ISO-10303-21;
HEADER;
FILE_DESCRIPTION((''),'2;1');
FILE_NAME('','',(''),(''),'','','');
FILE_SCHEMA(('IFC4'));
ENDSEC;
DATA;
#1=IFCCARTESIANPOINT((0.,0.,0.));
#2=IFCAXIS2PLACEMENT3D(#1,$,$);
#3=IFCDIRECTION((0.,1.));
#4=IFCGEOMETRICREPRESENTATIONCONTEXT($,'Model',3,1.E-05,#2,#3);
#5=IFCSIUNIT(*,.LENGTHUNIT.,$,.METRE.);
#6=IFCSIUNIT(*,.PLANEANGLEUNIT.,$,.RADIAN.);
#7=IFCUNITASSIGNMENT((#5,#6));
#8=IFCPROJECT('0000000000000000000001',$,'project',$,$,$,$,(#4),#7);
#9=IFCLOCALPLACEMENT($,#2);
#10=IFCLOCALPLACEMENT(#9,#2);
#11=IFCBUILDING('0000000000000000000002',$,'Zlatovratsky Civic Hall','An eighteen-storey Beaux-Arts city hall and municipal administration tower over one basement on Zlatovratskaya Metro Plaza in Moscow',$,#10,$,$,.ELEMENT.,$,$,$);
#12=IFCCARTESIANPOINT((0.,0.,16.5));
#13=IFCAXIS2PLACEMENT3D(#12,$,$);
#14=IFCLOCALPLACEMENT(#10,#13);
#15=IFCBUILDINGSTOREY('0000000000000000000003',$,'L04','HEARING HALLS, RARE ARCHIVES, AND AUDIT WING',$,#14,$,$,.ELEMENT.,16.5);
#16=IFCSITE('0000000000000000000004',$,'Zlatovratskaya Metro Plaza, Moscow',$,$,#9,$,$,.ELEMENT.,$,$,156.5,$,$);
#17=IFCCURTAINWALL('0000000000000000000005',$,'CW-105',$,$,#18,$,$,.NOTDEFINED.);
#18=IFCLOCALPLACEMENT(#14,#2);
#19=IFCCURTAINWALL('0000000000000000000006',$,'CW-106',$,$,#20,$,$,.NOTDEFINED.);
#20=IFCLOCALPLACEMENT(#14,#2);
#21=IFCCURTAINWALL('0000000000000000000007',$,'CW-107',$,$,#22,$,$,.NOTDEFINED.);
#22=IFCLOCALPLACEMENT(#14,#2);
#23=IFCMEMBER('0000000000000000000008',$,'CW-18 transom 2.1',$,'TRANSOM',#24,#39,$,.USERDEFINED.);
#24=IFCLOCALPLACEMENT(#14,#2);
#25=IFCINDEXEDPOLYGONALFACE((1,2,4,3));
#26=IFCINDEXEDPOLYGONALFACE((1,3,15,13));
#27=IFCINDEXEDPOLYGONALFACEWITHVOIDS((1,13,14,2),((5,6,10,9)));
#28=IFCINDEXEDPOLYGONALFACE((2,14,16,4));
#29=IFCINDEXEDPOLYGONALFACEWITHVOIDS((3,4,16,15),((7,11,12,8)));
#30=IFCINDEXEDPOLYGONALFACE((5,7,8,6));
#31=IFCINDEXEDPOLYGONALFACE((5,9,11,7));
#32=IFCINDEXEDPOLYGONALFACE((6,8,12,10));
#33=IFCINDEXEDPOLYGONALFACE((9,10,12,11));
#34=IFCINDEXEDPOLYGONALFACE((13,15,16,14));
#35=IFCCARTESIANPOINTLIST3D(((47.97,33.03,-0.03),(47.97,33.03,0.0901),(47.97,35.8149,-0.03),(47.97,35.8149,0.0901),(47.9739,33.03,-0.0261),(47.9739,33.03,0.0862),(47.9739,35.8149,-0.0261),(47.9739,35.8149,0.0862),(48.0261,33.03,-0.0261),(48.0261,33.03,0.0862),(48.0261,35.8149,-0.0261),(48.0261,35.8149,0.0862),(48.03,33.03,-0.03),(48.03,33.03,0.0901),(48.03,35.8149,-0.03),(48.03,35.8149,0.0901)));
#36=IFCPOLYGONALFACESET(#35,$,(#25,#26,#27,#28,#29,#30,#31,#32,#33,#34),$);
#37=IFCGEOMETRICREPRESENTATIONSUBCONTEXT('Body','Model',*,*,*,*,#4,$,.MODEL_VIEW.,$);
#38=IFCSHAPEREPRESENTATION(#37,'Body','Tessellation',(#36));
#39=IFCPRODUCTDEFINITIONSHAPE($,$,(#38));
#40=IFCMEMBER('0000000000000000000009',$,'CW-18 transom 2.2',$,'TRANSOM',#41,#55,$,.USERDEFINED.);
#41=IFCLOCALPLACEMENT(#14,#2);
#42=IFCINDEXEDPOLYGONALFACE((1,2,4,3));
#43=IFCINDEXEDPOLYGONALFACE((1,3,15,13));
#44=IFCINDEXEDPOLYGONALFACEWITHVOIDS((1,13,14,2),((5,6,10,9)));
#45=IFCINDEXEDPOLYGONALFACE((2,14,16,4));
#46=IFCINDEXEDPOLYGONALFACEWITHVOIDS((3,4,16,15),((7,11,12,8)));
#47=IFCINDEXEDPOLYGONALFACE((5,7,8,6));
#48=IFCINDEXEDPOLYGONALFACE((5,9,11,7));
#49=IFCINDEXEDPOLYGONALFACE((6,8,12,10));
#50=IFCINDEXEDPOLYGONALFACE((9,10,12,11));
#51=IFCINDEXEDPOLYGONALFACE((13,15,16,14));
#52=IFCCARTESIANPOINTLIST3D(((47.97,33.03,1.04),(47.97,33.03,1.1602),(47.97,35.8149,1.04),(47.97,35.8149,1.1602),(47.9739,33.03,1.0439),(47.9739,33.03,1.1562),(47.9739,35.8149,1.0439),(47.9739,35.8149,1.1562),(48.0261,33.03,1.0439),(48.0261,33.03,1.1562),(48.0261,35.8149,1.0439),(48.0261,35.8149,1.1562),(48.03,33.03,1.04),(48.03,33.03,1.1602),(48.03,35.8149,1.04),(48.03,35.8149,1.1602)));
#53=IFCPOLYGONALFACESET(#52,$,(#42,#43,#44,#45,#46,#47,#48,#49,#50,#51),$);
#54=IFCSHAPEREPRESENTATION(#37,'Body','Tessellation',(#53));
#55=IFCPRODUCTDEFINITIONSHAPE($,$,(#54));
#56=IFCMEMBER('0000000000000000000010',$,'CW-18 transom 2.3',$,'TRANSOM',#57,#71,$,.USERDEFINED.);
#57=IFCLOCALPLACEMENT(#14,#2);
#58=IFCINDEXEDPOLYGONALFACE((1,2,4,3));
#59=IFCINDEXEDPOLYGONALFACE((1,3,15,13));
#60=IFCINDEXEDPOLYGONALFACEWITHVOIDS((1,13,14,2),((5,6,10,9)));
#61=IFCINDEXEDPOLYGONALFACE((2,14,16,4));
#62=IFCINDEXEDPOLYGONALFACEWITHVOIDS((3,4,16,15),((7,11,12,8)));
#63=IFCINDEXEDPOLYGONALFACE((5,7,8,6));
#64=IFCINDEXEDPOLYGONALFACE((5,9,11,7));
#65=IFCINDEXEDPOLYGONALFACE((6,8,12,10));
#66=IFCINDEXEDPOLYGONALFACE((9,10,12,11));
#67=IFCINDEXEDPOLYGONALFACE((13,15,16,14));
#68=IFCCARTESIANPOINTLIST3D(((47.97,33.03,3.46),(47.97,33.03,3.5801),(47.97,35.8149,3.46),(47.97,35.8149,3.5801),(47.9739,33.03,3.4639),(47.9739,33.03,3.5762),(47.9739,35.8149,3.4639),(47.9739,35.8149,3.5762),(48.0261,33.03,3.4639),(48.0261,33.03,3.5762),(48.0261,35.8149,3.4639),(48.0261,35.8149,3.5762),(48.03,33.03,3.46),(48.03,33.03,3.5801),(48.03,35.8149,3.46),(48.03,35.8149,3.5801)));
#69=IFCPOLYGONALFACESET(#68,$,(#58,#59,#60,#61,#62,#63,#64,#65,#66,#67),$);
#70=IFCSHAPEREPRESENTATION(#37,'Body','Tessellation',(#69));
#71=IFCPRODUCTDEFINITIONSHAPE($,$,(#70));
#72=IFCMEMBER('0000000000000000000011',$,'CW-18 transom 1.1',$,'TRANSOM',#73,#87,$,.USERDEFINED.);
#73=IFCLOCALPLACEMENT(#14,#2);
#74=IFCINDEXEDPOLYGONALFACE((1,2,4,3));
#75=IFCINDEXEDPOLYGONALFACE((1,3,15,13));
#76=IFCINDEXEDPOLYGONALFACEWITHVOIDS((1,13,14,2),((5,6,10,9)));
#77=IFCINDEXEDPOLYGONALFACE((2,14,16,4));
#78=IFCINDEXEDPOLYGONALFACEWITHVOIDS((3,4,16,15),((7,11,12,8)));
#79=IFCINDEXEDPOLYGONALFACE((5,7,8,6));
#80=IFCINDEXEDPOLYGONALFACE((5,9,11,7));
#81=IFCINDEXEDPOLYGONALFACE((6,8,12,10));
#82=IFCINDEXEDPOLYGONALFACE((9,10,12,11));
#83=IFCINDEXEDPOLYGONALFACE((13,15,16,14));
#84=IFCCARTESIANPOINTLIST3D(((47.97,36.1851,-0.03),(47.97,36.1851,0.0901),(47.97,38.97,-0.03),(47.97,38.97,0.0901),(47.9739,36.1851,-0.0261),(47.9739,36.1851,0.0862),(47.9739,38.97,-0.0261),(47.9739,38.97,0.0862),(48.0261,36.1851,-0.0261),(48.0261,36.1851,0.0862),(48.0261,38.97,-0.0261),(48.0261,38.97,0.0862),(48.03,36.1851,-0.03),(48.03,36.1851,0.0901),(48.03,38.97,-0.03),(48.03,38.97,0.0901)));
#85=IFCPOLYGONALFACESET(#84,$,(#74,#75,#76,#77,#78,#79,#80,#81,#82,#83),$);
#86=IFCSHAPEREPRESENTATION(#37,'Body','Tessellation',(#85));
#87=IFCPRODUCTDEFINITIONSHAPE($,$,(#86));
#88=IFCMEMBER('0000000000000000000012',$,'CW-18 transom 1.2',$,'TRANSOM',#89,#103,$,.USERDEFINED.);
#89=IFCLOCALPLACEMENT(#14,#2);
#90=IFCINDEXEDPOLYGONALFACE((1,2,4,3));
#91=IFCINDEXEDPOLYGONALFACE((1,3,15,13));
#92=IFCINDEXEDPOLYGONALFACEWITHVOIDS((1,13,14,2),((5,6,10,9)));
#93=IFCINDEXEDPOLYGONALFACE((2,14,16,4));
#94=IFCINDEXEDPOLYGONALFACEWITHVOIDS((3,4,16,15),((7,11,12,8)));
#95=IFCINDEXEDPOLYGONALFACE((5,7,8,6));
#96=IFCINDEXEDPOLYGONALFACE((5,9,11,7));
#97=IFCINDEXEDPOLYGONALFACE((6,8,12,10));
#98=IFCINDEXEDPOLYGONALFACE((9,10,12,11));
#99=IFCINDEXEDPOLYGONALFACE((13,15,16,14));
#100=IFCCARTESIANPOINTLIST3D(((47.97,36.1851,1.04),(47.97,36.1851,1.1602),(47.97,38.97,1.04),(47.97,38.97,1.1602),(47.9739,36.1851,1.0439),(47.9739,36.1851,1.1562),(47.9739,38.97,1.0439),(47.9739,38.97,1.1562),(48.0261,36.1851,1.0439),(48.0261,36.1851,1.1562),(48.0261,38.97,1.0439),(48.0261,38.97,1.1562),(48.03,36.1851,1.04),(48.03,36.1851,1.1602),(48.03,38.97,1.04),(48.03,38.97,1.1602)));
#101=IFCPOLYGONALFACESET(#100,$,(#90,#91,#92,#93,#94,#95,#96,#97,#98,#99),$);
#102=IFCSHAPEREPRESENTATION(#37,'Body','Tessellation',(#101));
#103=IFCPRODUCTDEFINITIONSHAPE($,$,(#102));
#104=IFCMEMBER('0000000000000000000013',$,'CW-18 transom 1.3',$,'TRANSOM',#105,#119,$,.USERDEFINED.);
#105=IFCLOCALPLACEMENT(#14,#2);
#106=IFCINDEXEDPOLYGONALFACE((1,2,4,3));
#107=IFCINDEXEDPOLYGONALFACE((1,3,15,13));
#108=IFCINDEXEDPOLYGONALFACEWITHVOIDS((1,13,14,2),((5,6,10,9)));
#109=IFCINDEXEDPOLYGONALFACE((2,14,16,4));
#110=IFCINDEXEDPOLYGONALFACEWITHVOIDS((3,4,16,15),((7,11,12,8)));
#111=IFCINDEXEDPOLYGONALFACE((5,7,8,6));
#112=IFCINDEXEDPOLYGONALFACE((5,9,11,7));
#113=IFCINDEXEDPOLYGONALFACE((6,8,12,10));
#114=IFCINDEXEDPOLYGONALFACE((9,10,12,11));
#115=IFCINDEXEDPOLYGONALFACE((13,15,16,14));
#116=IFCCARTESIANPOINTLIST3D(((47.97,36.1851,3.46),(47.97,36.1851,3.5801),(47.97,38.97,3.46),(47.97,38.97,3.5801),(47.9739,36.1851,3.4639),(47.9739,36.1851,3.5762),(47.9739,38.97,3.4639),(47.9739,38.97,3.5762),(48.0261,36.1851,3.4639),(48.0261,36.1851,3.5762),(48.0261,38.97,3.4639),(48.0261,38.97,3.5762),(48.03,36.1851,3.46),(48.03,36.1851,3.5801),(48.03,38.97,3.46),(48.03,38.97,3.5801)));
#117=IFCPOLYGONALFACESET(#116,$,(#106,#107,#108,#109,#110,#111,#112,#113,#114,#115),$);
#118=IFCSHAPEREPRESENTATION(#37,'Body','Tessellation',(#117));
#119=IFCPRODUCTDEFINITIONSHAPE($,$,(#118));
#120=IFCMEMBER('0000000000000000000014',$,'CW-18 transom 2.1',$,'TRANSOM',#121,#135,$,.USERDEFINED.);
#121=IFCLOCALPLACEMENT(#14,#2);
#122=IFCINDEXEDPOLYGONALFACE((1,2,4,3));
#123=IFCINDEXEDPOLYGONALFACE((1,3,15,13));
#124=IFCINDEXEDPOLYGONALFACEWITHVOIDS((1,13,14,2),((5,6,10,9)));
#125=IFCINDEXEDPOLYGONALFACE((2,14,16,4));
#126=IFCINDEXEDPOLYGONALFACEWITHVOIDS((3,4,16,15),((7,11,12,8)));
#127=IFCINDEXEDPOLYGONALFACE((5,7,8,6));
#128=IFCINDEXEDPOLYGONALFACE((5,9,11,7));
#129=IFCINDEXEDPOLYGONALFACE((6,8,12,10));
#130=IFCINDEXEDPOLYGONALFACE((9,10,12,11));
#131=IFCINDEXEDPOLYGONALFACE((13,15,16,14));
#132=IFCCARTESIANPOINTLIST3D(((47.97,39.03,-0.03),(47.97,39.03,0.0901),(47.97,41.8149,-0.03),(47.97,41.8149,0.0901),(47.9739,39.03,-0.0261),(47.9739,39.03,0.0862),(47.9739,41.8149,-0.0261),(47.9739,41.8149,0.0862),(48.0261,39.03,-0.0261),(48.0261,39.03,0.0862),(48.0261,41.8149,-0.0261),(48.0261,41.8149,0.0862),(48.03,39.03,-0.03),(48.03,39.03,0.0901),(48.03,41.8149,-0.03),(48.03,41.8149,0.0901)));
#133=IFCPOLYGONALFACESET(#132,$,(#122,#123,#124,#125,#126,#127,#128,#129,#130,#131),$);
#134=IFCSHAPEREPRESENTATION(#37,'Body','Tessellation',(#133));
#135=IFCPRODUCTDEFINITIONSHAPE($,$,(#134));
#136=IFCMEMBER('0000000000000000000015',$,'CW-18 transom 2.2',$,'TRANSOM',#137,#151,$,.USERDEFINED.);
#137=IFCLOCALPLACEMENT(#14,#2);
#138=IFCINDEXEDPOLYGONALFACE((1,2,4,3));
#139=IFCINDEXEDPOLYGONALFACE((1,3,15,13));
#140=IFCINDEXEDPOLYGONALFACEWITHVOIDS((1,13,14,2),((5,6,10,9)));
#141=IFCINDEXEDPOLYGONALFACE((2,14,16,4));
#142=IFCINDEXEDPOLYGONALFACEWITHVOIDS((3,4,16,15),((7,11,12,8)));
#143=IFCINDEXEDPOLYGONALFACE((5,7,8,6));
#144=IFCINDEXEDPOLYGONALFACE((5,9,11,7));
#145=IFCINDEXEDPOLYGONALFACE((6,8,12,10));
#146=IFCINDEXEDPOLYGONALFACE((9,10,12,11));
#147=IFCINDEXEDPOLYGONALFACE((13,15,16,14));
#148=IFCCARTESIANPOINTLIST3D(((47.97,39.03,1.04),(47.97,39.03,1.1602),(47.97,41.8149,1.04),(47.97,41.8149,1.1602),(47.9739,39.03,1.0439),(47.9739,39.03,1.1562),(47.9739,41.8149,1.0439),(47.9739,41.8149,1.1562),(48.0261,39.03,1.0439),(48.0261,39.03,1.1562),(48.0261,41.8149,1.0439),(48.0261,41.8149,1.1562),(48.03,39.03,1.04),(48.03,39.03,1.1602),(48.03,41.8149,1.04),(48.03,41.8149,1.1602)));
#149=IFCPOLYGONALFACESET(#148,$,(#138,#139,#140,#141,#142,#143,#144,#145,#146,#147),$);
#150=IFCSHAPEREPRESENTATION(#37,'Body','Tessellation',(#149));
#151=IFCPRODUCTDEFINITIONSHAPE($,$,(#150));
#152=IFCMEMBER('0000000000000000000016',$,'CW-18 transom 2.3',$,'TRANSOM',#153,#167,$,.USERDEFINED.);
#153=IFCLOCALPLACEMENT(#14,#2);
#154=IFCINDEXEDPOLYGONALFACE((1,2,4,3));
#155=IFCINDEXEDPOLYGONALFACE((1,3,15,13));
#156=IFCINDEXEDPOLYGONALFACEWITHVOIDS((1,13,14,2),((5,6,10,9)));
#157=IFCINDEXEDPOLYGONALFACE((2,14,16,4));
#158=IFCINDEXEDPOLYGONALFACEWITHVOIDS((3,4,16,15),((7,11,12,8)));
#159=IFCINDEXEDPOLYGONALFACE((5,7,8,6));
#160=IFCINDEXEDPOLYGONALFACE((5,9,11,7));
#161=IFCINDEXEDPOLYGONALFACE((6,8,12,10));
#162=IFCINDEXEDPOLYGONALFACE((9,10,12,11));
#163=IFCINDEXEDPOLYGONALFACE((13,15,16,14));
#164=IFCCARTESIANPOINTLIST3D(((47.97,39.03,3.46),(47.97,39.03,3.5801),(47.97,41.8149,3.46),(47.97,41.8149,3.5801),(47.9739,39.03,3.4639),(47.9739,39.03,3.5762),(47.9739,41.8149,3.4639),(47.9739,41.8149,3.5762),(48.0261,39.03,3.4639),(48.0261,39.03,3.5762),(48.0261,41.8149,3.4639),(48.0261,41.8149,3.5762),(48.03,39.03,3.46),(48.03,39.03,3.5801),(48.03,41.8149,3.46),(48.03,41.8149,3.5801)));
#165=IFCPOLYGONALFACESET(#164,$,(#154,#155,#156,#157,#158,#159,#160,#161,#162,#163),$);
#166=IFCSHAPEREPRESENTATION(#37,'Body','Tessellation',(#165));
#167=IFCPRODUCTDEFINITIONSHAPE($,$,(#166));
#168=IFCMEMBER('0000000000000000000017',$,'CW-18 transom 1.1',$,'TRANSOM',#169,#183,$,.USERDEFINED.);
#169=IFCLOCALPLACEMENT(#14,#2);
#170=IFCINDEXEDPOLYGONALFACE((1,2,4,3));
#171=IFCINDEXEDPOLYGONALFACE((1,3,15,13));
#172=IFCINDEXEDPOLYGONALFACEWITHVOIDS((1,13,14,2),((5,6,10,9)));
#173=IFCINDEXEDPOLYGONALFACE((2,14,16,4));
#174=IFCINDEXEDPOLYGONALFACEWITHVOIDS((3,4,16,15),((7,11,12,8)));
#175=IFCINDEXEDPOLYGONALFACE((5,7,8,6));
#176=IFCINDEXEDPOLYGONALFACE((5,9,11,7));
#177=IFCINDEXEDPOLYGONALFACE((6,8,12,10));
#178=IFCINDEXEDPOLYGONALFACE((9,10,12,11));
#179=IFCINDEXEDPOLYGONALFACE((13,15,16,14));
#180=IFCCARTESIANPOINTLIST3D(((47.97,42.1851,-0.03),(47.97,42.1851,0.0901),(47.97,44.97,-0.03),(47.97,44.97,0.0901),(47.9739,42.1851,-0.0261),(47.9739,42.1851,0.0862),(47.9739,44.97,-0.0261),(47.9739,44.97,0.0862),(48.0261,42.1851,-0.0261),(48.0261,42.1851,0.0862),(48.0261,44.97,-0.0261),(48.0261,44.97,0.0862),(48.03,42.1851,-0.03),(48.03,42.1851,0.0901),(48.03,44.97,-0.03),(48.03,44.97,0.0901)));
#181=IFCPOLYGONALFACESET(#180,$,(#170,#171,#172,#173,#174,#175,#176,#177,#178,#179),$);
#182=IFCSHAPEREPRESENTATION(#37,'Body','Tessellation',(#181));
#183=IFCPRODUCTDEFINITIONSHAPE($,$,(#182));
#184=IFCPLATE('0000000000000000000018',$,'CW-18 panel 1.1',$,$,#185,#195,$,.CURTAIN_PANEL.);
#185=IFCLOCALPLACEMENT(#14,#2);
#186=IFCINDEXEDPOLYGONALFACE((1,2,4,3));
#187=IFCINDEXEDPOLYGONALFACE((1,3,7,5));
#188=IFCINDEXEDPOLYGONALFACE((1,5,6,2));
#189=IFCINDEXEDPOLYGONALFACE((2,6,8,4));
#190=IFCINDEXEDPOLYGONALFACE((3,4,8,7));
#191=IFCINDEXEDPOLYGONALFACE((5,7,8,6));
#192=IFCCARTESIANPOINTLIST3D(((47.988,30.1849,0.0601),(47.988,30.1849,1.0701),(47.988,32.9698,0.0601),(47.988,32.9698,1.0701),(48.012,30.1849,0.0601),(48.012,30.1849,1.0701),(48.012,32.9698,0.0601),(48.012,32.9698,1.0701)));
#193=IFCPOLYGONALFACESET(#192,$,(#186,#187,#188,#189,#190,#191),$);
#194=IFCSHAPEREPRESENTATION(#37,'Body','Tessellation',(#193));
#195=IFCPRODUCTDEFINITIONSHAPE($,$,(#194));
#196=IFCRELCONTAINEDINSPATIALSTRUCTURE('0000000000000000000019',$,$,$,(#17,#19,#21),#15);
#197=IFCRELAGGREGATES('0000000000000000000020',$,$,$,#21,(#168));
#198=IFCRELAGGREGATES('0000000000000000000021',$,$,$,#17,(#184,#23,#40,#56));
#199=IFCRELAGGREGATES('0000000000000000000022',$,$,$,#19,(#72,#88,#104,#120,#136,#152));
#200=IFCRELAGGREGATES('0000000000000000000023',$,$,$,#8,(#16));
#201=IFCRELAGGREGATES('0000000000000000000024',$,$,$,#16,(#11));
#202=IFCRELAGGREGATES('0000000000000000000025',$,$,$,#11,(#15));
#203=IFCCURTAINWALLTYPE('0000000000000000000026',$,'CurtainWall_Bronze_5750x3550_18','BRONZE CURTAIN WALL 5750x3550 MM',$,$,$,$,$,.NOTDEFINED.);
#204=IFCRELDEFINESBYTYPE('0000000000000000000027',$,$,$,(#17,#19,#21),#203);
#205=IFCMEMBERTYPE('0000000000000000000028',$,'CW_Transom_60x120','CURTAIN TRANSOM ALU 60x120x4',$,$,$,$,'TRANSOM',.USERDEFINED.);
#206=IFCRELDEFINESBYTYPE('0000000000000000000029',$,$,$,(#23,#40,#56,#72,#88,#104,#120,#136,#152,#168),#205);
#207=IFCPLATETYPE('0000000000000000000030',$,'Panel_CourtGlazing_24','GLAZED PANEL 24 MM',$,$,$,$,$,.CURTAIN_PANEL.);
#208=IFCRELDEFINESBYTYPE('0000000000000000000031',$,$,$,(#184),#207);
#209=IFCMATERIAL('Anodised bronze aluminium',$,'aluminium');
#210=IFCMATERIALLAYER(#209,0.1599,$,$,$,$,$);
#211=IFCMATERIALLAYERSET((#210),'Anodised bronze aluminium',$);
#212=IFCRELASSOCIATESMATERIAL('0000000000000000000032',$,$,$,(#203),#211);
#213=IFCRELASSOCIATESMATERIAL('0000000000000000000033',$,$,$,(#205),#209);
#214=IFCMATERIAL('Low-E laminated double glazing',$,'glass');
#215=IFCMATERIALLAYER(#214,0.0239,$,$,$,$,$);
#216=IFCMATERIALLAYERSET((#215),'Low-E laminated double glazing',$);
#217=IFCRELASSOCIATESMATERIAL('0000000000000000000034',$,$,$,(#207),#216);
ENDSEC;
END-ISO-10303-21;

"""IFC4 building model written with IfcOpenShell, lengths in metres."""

from ifc_helpers import new_model, si_unit, direction, frame, origin, origin_2d, place, context, subcontext, project, spatial, rectangle, hollow_rectangle, extrude, material, layer, layer_set, material_profile, profile_set, type_object, element, aggregate, save


model = new_model("IFC4")

# Units and contexts
model_context = context("Model", 3, precision=1e-05, world=origin(), true_north=direction((0.0, 1.0)))
body_context = subcontext(model_context, "Body", "Model", "MODEL_VIEW")
ifc_project = project(units=[si_unit("LENGTHUNIT", "METRE"), si_unit("PLANEANGLEUNIT", "RADIAN")], contexts=[model_context])

# Site, building, storey
site_placement = place(None, origin())
site = spatial("IfcSite", under=ifc_project, at=site_placement, Name="Zlatovratskaya Metro Plaza, Moscow", CompositionType="ELEMENT", RefElevation=156.5)
building_placement = place(site_placement, origin())
building = spatial("IfcBuilding", under=site, at=building_placement, Name="Zlatovratsky Civic Hall", Description="An eighteen-storey Beaux-Arts city hall and municipal administration tower over one basement on Zlatovratskaya Metro Plaza in Moscow", CompositionType="ELEMENT")
storey_placement = place(building_placement, frame((0.0, 0.0, 16.5)))
storey = spatial("IfcBuildingStorey", under=building, at=storey_placement, Name="L04", Description="HEARING HALLS, RARE ARCHIVES, AND AUDIT WING", CompositionType="ELEMENT", Elevation=16.5)

# Curtain walls
ifc_material_1 = material(Name="Anodised bronze aluminium", Category="aluminium")
ifc_layer_1 = layer(ifc_material_1, 0.1599)
ifc_layer_set_1 = layer_set([ifc_layer_1], Name="Anodised bronze aluminium")
curtain_wall_type = type_object("IfcCurtainWallType", Name="CurtainWall_Bronze_5750x3550_18", Description="BRONZE CURTAIN WALL 5750x3550 MM", PredefinedType="NOTDEFINED", material=ifc_layer_set_1)
curtain_wall_1_placement = place(storey_placement, origin())
curtain_wall_1 = element("IfcCurtainWall", 1, at=curtain_wall_1_placement, inside=storey, type_object=curtain_wall_type, Name="CW-105", PredefinedType="NOTDEFINED")
curtain_wall_2_placement = place(storey_placement, origin())
curtain_wall_2 = element("IfcCurtainWall", 2, at=curtain_wall_2_placement, inside=storey, type_object=curtain_wall_type, Name="CW-106", PredefinedType="NOTDEFINED")

# Curtain wall
curtain_wall_3_placement = place(storey_placement, origin())
curtain_wall_3 = element("IfcCurtainWall", 3, at=curtain_wall_3_placement, inside=storey, type_object=curtain_wall_type, Name="CW-107", PredefinedType="NOTDEFINED")

# Members
ifc_material_profile_1 = material_profile(ifc_material_1, hollow_rectangle(XDim=0.0601, YDim=0.1201, WallThickness=0.0039, at=origin_2d()), Name="ALU 60x120x4")
ifc_profile_set_1 = profile_set([ifc_material_profile_1], Name="Anodised bronze aluminium")
member_type_1 = type_object("IfcMemberType", Name="CW_Transom_60x120", Description="CURTAIN TRANSOM ALU 60x120x4", ElementType="TRANSOM", PredefinedType="USERDEFINED", material=ifc_profile_set_1)
member_1_placement = place(storey_placement, frame((48.0, 33.03, 0.03), z_axis=(0.0, 1.0, 0.0), x_axis=(-1.0, 0.0, 0.0)))
member_1 = element("IfcMember", 4, at=member_1_placement, type_object=member_type_1, Name="CW-18 transom 2.1", ObjectType="TRANSOM", PredefinedType="USERDEFINED", context=body_context, shape_type="SweptSolid", body=[
    extrude(hollow_rectangle(XDim=0.0601, YDim=0.1201, WallThickness=0.0039, at=origin_2d()), origin(), (0.0, 0.0, 1.0), 2.7849),
])
member_2_placement = place(storey_placement, frame((48.0, 33.03, 1.1001), z_axis=(0.0, 1.0, 0.0), x_axis=(-1.0, 0.0, 0.0)))
member_2 = element("IfcMember", 5, at=member_2_placement, type_object=member_type_1, Name="CW-18 transom 2.2", ObjectType="TRANSOM", PredefinedType="USERDEFINED", context=body_context, shape_type="SweptSolid", body=[
    extrude(hollow_rectangle(XDim=0.0601, YDim=0.1201, WallThickness=0.0039, at=origin_2d()), origin(), (0.0, 0.0, 1.0), 2.7849),
])
member_3_placement = place(storey_placement, frame((48.0, 33.03, 3.52), z_axis=(0.0, 1.0, 0.0), x_axis=(-1.0, 0.0, 0.0)))
member_3 = element("IfcMember", 6, at=member_3_placement, type_object=member_type_1, Name="CW-18 transom 2.3", ObjectType="TRANSOM", PredefinedType="USERDEFINED", context=body_context, shape_type="SweptSolid", body=[
    extrude(hollow_rectangle(XDim=0.0601, YDim=0.1201, WallThickness=0.0039, at=origin_2d()), origin(), (0.0, 0.0, 1.0), 2.7849),
])
member_4_placement = place(storey_placement, frame((48.0, 36.1851, 0.03), z_axis=(0.0, 1.0, 0.0), x_axis=(-1.0, 0.0, 0.0)))
member_4 = element("IfcMember", 7, at=member_4_placement, type_object=member_type_1, Name="CW-18 transom 1.1", ObjectType="TRANSOM", PredefinedType="USERDEFINED", context=body_context, shape_type="SweptSolid", body=[
    extrude(hollow_rectangle(XDim=0.0601, YDim=0.1201, WallThickness=0.0039, at=origin_2d()), origin(), (0.0, 0.0, 1.0), 2.7849),
])
member_5_placement = place(storey_placement, frame((48.0, 36.1851, 1.1001), z_axis=(0.0, 1.0, 0.0), x_axis=(-1.0, 0.0, 0.0)))
member_5 = element("IfcMember", 8, at=member_5_placement, type_object=member_type_1, Name="CW-18 transom 1.2", ObjectType="TRANSOM", PredefinedType="USERDEFINED", context=body_context, shape_type="SweptSolid", body=[
    extrude(hollow_rectangle(XDim=0.0601, YDim=0.1201, WallThickness=0.0039, at=origin_2d()), origin(), (0.0, 0.0, 1.0), 2.7849),
])
member_6_placement = place(storey_placement, frame((48.0, 36.1851, 3.52), z_axis=(0.0, 1.0, 0.0), x_axis=(-1.0, 0.0, 0.0)))
member_6 = element("IfcMember", 9, at=member_6_placement, type_object=member_type_1, Name="CW-18 transom 1.3", ObjectType="TRANSOM", PredefinedType="USERDEFINED", context=body_context, shape_type="SweptSolid", body=[
    extrude(hollow_rectangle(XDim=0.0601, YDim=0.1201, WallThickness=0.0039, at=origin_2d()), origin(), (0.0, 0.0, 1.0), 2.7849),
])
member_7_placement = place(storey_placement, frame((48.0, 39.03, 0.03), z_axis=(0.0, 1.0, 0.0), x_axis=(-1.0, 0.0, 0.0)))
member_7 = element("IfcMember", 10, at=member_7_placement, type_object=member_type_1, Name="CW-18 transom 2.1", ObjectType="TRANSOM", PredefinedType="USERDEFINED", context=body_context, shape_type="SweptSolid", body=[
    extrude(hollow_rectangle(XDim=0.0601, YDim=0.1201, WallThickness=0.0039, at=origin_2d()), origin(), (0.0, 0.0, 1.0), 2.7849),
])
member_8_placement = place(storey_placement, frame((48.0, 39.03, 1.1001), z_axis=(0.0, 1.0, 0.0), x_axis=(-1.0, 0.0, 0.0)))
member_8 = element("IfcMember", 11, at=member_8_placement, type_object=member_type_1, Name="CW-18 transom 2.2", ObjectType="TRANSOM", PredefinedType="USERDEFINED", context=body_context, shape_type="SweptSolid", body=[
    extrude(hollow_rectangle(XDim=0.0601, YDim=0.1201, WallThickness=0.0039, at=origin_2d()), origin(), (0.0, 0.0, 1.0), 2.7849),
])
member_9_placement = place(storey_placement, frame((48.0, 39.03, 3.52), z_axis=(0.0, 1.0, 0.0), x_axis=(-1.0, 0.0, 0.0)))
member_9 = element("IfcMember", 12, at=member_9_placement, type_object=member_type_1, Name="CW-18 transom 2.3", ObjectType="TRANSOM", PredefinedType="USERDEFINED", context=body_context, shape_type="SweptSolid", body=[
    extrude(hollow_rectangle(XDim=0.0601, YDim=0.1201, WallThickness=0.0039, at=origin_2d()), origin(), (0.0, 0.0, 1.0), 2.7849),
])
member_10_placement = place(storey_placement, frame((48.0, 42.1851, 0.03), z_axis=(0.0, 1.0, 0.0), x_axis=(-1.0, 0.0, 0.0)))
member_10 = element("IfcMember", 13, at=member_10_placement, type_object=member_type_1, Name="CW-18 transom 1.1", ObjectType="TRANSOM", PredefinedType="USERDEFINED", context=body_context, shape_type="SweptSolid", body=[
    extrude(hollow_rectangle(XDim=0.0601, YDim=0.1201, WallThickness=0.0039, at=origin_2d()), origin(), (0.0, 0.0, 1.0), 2.7849),
])
aggregate(curtain_wall_3, [member_10])

# Plate
ifc_material_2 = material(Name="Low-E laminated double glazing", Category="glass")
ifc_layer_2 = layer(ifc_material_2, 0.0239)
ifc_layer_set_2 = layer_set([ifc_layer_2], Name="Low-E laminated double glazing")
plate_type = type_object("IfcPlateType", Name="Panel_CourtGlazing_24", Description="GLAZED PANEL 24 MM", PredefinedType="CURTAIN_PANEL", material=ifc_layer_set_2)
plate_1_placement = place(storey_placement, frame((48.0, 31.5774, 0.0601), z_axis=(0.0, 0.0, 1.0), x_axis=(0.0, 1.0, 0.0)))
plate_1 = element("IfcPlate", 14, at=plate_1_placement, type_object=plate_type, Name="CW-18 panel 1.1", PredefinedType="CURTAIN_PANEL", context=body_context, shape_type="SweptSolid", body=[
    extrude(rectangle(XDim=2.7849, YDim=0.0239, at=origin_2d()), origin(), (0.0, 0.0, 1.0), 1.01),
])
aggregate(curtain_wall_1, [plate_1, member_1, member_2, member_3])
aggregate(curtain_wall_2, [member_4, member_5, member_6, member_7, member_8, member_9])

save(model, "model.ifc")
